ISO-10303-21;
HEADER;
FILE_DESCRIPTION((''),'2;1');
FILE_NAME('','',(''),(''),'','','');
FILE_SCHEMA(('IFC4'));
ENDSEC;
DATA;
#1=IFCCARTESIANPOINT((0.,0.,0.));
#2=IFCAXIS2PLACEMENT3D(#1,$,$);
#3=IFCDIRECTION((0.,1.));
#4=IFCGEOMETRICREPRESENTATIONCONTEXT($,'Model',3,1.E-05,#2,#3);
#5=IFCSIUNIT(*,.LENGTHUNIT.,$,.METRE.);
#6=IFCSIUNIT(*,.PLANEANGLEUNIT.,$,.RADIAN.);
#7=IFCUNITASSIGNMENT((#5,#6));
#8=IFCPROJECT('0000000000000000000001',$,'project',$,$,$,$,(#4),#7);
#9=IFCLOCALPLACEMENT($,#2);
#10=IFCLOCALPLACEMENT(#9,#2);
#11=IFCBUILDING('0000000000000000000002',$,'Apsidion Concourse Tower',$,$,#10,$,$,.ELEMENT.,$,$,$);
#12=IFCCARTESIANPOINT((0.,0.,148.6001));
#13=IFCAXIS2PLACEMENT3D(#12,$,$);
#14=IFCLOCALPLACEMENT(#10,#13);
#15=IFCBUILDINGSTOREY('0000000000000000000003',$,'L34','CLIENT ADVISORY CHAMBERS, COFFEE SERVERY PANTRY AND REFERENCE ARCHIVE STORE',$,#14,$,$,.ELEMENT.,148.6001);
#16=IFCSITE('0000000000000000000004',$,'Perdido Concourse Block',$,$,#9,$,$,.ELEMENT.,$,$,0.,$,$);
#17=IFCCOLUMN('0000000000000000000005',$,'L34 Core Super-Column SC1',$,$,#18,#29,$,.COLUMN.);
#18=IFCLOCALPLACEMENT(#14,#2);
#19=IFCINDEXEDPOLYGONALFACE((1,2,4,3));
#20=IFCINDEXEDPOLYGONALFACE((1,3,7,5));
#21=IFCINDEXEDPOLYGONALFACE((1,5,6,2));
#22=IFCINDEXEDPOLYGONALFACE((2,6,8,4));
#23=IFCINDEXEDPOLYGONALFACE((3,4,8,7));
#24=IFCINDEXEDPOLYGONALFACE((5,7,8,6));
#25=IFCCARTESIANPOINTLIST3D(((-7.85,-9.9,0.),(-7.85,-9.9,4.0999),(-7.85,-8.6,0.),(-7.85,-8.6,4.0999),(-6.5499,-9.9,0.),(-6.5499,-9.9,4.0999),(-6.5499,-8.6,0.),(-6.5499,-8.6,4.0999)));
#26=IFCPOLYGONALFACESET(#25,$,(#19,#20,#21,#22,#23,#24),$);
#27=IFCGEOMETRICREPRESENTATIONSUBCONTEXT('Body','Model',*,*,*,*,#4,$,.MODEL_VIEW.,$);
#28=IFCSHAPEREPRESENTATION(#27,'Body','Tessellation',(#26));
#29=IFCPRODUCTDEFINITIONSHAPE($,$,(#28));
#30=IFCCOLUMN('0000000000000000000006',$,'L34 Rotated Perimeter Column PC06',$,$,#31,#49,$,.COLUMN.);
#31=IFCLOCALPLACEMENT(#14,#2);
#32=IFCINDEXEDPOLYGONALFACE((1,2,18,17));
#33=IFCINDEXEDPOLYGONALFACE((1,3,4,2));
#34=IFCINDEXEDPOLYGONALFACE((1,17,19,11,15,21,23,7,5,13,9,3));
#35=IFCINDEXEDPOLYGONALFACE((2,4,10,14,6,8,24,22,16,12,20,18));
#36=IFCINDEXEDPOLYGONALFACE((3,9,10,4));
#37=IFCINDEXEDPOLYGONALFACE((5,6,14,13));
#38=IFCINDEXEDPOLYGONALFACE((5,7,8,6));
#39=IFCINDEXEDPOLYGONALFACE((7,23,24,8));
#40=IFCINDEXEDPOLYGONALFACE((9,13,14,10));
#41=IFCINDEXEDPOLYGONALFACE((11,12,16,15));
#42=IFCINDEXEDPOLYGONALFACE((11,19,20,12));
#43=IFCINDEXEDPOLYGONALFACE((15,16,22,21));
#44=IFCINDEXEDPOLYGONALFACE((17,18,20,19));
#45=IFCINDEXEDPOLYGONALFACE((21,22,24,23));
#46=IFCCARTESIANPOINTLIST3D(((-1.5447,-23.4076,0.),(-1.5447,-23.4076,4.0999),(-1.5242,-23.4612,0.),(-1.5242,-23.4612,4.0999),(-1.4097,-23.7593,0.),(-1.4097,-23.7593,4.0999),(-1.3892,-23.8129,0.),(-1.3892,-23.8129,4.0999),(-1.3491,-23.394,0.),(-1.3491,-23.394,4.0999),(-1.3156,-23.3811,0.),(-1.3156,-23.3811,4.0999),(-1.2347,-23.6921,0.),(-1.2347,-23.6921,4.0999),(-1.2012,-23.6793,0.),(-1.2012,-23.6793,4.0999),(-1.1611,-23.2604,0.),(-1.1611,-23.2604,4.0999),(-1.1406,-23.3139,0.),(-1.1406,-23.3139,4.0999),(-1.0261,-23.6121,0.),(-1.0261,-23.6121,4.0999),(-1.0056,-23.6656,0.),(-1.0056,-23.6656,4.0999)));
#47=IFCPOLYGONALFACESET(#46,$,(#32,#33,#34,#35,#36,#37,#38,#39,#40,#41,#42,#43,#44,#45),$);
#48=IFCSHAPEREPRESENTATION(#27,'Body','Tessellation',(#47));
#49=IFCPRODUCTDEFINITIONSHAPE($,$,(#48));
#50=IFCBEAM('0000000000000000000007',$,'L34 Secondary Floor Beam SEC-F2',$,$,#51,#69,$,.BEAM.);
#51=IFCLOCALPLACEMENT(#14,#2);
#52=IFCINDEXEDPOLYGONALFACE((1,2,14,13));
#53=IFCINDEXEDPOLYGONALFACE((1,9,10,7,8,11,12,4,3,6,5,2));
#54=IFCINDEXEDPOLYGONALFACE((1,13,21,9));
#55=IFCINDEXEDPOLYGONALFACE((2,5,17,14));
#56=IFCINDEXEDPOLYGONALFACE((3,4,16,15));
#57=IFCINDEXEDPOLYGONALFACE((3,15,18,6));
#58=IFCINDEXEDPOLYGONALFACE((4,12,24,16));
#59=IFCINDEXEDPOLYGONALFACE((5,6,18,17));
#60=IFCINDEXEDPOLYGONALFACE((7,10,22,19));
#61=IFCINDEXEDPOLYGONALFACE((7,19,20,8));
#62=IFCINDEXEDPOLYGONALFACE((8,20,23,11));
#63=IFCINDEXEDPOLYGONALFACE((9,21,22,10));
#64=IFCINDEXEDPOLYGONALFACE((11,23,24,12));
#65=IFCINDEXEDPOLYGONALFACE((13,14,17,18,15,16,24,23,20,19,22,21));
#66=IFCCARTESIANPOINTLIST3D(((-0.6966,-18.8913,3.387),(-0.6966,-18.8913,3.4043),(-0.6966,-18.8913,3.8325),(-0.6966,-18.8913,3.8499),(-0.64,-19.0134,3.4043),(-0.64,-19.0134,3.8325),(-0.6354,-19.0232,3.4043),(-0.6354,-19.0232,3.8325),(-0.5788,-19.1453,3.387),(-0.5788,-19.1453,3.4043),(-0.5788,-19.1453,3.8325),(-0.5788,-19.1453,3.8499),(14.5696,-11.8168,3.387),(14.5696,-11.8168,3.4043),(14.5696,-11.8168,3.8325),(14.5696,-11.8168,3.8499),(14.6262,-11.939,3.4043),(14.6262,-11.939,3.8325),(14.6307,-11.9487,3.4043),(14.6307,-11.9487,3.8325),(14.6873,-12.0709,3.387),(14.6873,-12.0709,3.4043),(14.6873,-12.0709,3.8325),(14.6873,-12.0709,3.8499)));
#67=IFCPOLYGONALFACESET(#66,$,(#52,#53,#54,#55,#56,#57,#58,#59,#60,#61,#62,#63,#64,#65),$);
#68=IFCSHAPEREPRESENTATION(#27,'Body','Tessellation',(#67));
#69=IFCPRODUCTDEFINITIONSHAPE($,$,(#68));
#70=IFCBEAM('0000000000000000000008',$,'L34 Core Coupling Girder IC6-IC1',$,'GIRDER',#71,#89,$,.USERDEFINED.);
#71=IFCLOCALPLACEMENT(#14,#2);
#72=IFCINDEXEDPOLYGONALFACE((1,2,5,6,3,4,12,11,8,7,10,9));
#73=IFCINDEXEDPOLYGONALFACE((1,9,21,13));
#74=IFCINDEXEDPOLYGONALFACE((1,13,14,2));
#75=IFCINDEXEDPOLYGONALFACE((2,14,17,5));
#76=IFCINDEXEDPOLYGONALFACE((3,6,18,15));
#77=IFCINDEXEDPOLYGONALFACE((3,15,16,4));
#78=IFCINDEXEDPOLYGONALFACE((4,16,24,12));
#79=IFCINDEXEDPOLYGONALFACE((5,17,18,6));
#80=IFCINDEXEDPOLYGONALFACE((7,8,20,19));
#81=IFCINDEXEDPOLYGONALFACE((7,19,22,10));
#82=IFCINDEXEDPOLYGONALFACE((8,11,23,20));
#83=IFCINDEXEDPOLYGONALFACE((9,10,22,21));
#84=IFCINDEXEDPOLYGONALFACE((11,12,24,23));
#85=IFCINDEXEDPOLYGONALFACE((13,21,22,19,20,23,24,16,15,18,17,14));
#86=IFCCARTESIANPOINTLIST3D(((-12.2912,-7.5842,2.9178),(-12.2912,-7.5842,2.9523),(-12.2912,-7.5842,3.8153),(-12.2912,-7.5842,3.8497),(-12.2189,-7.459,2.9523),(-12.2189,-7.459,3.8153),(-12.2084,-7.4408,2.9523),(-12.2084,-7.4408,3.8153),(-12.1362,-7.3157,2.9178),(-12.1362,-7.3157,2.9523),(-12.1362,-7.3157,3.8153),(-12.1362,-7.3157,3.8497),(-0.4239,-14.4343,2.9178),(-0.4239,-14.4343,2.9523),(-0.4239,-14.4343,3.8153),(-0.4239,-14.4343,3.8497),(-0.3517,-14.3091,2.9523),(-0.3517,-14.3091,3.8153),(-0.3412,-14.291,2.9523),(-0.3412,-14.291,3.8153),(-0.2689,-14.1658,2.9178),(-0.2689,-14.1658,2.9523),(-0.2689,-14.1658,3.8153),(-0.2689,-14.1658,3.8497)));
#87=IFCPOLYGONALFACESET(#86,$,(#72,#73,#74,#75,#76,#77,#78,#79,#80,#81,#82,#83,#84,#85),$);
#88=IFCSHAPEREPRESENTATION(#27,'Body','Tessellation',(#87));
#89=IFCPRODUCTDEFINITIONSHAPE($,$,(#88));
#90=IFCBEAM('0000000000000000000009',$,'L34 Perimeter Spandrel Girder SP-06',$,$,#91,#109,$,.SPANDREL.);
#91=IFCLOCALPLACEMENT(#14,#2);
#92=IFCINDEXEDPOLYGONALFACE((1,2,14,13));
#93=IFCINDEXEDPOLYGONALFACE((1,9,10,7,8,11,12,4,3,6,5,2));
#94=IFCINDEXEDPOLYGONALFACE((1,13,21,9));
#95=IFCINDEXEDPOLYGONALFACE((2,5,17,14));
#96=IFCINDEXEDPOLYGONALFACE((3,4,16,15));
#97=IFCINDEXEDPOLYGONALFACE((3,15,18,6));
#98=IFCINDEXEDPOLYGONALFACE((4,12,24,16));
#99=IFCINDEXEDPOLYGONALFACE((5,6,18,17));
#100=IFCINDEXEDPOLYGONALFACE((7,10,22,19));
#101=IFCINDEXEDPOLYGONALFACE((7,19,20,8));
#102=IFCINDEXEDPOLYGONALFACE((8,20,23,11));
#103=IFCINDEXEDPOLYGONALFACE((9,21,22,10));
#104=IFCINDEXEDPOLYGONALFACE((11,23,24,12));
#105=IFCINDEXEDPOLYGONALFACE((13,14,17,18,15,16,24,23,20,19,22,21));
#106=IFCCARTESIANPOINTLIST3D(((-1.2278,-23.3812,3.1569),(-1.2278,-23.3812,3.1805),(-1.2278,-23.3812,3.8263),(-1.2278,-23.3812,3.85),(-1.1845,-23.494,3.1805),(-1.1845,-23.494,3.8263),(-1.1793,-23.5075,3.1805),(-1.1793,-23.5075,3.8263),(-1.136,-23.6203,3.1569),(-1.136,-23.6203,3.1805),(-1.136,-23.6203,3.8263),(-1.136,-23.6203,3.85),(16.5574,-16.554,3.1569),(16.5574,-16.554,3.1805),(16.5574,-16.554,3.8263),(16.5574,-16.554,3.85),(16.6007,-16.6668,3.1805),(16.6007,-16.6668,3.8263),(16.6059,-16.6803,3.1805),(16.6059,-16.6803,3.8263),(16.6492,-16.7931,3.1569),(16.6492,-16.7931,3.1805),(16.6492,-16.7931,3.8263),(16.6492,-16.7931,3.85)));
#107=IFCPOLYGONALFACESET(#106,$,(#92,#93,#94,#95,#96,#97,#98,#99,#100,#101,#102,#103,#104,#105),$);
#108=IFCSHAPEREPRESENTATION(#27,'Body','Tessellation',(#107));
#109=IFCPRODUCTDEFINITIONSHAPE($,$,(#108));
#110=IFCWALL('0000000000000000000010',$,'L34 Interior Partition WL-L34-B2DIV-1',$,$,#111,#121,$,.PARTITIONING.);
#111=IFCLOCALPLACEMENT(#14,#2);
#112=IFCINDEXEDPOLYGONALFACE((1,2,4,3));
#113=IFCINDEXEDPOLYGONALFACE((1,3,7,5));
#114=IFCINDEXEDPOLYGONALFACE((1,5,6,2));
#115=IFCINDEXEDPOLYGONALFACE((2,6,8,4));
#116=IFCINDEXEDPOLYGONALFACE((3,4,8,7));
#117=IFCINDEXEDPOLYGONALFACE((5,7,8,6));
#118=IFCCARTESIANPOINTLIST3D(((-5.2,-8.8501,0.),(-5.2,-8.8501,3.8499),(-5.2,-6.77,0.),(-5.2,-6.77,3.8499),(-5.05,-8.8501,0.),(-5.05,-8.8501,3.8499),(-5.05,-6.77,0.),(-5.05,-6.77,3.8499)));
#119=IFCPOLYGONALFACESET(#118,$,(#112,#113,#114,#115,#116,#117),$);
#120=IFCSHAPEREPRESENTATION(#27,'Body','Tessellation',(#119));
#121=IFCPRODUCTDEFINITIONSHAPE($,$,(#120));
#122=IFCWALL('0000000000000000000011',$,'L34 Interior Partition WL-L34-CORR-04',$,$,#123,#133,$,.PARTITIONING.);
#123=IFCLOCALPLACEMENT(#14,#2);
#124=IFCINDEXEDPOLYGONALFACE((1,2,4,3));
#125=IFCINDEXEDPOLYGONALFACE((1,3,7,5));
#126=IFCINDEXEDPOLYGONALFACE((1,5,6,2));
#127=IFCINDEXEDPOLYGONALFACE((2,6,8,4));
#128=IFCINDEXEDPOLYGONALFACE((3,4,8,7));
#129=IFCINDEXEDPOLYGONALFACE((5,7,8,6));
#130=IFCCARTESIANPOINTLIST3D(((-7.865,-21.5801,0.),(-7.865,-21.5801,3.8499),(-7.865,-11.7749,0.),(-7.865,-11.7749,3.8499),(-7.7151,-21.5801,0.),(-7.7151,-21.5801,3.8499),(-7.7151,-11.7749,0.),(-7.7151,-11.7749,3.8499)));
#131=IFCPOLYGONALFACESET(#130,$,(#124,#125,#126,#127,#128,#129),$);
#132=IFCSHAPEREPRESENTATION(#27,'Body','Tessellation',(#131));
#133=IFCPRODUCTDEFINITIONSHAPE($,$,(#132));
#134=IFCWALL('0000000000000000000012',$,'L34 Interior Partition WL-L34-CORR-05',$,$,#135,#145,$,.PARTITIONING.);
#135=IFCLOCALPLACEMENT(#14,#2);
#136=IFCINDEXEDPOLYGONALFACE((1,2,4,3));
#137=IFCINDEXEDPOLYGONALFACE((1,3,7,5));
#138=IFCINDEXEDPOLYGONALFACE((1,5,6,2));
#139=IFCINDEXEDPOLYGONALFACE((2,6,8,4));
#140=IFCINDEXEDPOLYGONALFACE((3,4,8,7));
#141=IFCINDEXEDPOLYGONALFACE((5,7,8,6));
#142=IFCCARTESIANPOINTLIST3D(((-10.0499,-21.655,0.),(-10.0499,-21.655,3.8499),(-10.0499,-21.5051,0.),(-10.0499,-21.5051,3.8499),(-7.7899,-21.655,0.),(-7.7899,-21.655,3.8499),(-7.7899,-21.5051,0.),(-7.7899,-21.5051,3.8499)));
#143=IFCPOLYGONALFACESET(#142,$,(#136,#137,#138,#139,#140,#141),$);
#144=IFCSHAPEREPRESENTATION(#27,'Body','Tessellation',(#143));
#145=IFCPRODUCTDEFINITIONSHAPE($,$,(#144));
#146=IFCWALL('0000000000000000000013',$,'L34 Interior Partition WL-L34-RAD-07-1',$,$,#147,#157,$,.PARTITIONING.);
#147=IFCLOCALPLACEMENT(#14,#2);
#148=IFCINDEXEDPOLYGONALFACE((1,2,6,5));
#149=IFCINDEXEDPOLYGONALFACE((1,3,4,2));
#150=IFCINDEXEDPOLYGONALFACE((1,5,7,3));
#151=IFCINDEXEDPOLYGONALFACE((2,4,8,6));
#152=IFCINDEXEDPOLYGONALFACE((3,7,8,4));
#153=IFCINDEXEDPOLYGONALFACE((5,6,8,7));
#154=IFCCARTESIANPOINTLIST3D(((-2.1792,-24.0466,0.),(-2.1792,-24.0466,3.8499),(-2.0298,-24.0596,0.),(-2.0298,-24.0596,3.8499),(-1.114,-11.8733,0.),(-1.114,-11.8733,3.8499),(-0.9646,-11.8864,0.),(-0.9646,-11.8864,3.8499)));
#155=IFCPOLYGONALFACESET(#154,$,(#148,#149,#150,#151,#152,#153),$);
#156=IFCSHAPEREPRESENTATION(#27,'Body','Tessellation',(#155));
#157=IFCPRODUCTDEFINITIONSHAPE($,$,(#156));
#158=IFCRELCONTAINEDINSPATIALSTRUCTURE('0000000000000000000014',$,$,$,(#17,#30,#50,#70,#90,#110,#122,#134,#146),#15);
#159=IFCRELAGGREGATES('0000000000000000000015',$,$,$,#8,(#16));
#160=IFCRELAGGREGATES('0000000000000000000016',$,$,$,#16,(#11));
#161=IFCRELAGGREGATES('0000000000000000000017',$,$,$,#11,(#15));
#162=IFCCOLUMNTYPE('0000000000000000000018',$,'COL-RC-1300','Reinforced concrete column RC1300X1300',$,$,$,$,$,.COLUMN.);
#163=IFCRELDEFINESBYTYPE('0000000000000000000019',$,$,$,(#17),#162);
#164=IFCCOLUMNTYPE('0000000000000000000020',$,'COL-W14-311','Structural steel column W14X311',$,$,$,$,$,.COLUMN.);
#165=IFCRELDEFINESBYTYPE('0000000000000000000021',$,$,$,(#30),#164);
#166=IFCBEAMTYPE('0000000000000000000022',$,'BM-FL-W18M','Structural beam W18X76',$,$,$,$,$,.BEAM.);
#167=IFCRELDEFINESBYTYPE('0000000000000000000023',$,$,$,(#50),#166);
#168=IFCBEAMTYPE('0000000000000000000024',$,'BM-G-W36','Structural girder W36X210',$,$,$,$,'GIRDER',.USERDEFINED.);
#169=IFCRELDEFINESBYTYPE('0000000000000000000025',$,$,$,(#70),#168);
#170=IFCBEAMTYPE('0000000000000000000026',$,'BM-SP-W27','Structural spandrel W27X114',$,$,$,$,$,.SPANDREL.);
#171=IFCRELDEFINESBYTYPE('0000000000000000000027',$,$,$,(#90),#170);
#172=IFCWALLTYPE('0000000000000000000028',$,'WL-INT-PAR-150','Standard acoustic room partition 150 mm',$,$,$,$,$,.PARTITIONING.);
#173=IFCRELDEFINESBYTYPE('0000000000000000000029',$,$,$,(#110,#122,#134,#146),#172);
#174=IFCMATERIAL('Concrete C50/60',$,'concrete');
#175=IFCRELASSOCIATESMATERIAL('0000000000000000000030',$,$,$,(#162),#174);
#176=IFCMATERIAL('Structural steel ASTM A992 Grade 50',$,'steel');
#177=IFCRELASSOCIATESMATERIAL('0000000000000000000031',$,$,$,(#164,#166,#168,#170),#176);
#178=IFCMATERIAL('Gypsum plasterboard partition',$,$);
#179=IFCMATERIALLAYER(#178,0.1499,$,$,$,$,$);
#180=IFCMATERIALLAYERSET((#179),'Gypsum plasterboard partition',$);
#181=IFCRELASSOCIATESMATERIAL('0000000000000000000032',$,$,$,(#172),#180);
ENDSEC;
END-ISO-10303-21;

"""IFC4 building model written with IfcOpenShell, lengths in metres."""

from ifc_helpers import new_model, si_unit, direction, frame, frame_2d, origin, origin_2d, place, context, subcontext, project, spatial, rectangle, i_section, extrude, material, layer, layer_set, material_profile, profile_set, type_object, element, save


model = new_model("IFC4")

# Units and contexts
model_context = context("Model", 3, precision=1e-05, world=origin(), true_north=direction((0.0, 1.0)))
body_context = subcontext(model_context, "Body", "Model", "MODEL_VIEW")
ifc_project = project(units=[si_unit("LENGTHUNIT", "METRE"), si_unit("PLANEANGLEUNIT", "RADIAN")], contexts=[model_context])

# Site, building, storey
site_placement = place(None, origin())
site = spatial("IfcSite", under=ifc_project, at=site_placement, Name="Perdido Concourse Block", CompositionType="ELEMENT", RefElevation=0.0)
building_placement = place(site_placement, origin())
building = spatial("IfcBuilding", under=site, at=building_placement, Name="Apsidion Concourse Tower", CompositionType="ELEMENT")
storey_placement = place(building_placement, frame((0.0, 0.0, 148.6001)))
storey = spatial("IfcBuildingStorey", under=building, at=storey_placement, Name="L34", Description="CLIENT ADVISORY CHAMBERS, COFFEE SERVERY PANTRY AND REFERENCE ARCHIVE STORE", CompositionType="ELEMENT", Elevation=148.6001)

# Columns
ifc_material_1 = material(Name="Concrete C50/60", Category="concrete")
ifc_material_profile_1 = material_profile(ifc_material_1, rectangle(XDim=1.3, YDim=1.3, at=origin_2d()), Name="RC 1300x1300")
ifc_profile_set_1 = profile_set([ifc_material_profile_1], Name="Concrete C50/60")
column_type_1 = type_object("IfcColumnType", Name="COL-RC-1300", Description="Reinforced concrete column RC1300X1300", PredefinedType="COLUMN", material=ifc_profile_set_1)
column_1_placement = place(storey_placement, frame((-7.2, -9.25, 0.0), z_axis=(0.0, 0.0, 1.0), x_axis=(1.0, 0.0, 0.0)))
element("IfcColumn", 1, at=column_1_placement, inside=storey, type_object=column_type_1, Name="L34 Core Super-Column SC1", PredefinedType="COLUMN", context=body_context, shape_type="SweptSolid", body=[
    extrude(rectangle(XDim=1.3, YDim=1.3, at=origin_2d()), origin(), (0.0, 0.0, 1.0), 4.0999),
])
ifc_material_2 = material(Name="Structural steel ASTM A992 Grade 50", Category="steel")
ifc_material_profile_2 = material_profile(ifc_material_2, i_section(OverallWidth=0.4109, OverallDepth=0.4341, WebThickness=0.0359, FlangeThickness=0.0574, at=origin_2d()), Name="W14X311")
ifc_profile_set_2 = profile_set([ifc_material_profile_2], Name="Structural steel ASTM A992 Grade 50")
column_type_2 = type_object("IfcColumnType", Name="COL-W14-311", Description="Structural steel column W14X311", PredefinedType="COLUMN", material=ifc_profile_set_2)
column_2_placement = place(storey_placement, frame((-1.2751, -23.5366, 0.0), z_axis=(0.0, 0.0, 1.0), x_axis=(0.93358, 0.358368, 0.0)))
element("IfcColumn", 2, at=column_2_placement, inside=storey, type_object=column_type_2, Name="L34 Rotated Perimeter Column PC06", PredefinedType="COLUMN", context=body_context, shape_type="SweptSolid", body=[
    extrude(i_section(OverallWidth=0.4109, OverallDepth=0.4341, WebThickness=0.0359, FlangeThickness=0.0574, at=origin_2d()), origin(), (0.0, 0.0, 1.0), 4.0999),
])

# Beams
ifc_material_profile_3 = material_profile(ifc_material_2, i_section(OverallWidth=0.28, OverallDepth=0.4629, WebThickness=0.0107, FlangeThickness=0.0173, at=origin_2d()), Name="W18X76")
ifc_profile_set_3 = profile_set([ifc_material_profile_3], Name="Structural steel ASTM A992 Grade 50")
beam_type_1 = type_object("IfcBeamType", Name="BM-FL-W18M", Description="Structural beam W18X76", PredefinedType="BEAM", material=ifc_profile_set_3)
beam_1_placement = place(storey_placement, frame((-0.6377, -19.0183, 3.6184), z_axis=(0.907312, 0.420457, 0.0), x_axis=(-0.420457, 0.907312, 0.0)))
element("IfcBeam", 3, at=beam_1_placement, inside=storey, type_object=beam_type_1, Name="L34 Secondary Floor Beam SEC-F2", PredefinedType="BEAM", context=body_context, shape_type="SweptSolid", body=[
    extrude(i_section(OverallWidth=0.28, OverallDepth=0.4629, WebThickness=0.0107, FlangeThickness=0.0173, at=origin_2d()), origin(), (0.0, 0.0, 1.0), 16.8257),
])
ifc_material_profile_4 = material_profile(ifc_material_2, i_section(OverallWidth=0.3101, OverallDepth=0.9319, WebThickness=0.021, FlangeThickness=0.0344, at=origin_2d()), Name="W36X210")
ifc_profile_set_4 = profile_set([ifc_material_profile_4], Name="Structural steel ASTM A992 Grade 50")
beam_type_2 = type_object("IfcBeamType", Name="BM-G-W36", Description="Structural girder W36X210", ElementType="GIRDER", PredefinedType="USERDEFINED", material=ifc_profile_set_4)
beam_2_placement = place(storey_placement, frame((-0.3464, -14.3, 3.3838), z_axis=(-0.86607, 0.499922, 0.0), x_axis=(-0.499922, -0.86607, 0.0)))
element("IfcBeam", 4, at=beam_2_placement, inside=storey, type_object=beam_type_2, Name="L34 Core Coupling Girder IC6-IC1", ObjectType="GIRDER", PredefinedType="USERDEFINED", context=body_context, shape_type="SweptSolid", body=[
    extrude(i_section(OverallWidth=0.3101, OverallDepth=0.9319, WebThickness=0.021, FlangeThickness=0.0344, at=origin_2d()), origin(), (0.0, 0.0, 1.0), 13.7024),
])
ifc_material_profile_5 = material_profile(ifc_material_2, i_section(OverallWidth=0.2561, OverallDepth=0.6931, WebThickness=0.0144, FlangeThickness=0.0237, at=origin_2d()), Name="W27X114")
ifc_profile_set_5 = profile_set([ifc_material_profile_5], Name="Structural steel ASTM A992 Grade 50")
beam_type_3 = type_object("IfcBeamType", Name="BM-SP-W27", Description="Structural spandrel W27X114", PredefinedType="SPANDREL", material=ifc_profile_set_5)
beam_3_placement = place(storey_placement, frame((-1.1819, -23.5007, 3.5034), z_axis=(0.933579, 0.358371, 0.0), x_axis=(-0.358371, 0.933579, 0.0)))
element("IfcBeam", 5, at=beam_3_placement, inside=storey, type_object=beam_type_3, Name="L34 Perimeter Spandrel Girder SP-06", PredefinedType="SPANDREL", context=body_context, shape_type="SweptSolid", body=[
    extrude(i_section(OverallWidth=0.2561, OverallDepth=0.6931, WebThickness=0.0144, FlangeThickness=0.0237, at=origin_2d()), origin(), (0.0, 0.0, 1.0), 19.0505),
])

# Walls
ifc_material_3 = material(Name="Gypsum plasterboard partition")
ifc_layer_1 = layer(ifc_material_3, 0.1499)
ifc_layer_set_1 = layer_set([ifc_layer_1], Name="Gypsum plasterboard partition")
wall_type_1 = type_object("IfcWallType", Name="WL-INT-PAR-150", Description="Standard acoustic room partition 150 mm", PredefinedType="PARTITIONING", material=ifc_layer_set_1)
wall_1_placement = place(storey_placement, frame((-5.125, -8.8501, 0.0), z_axis=(0.0, 0.0, 1.0), x_axis=(0.0, 1.0, 0.0)))
element("IfcWall", 6, at=wall_1_placement, inside=storey, type_object=wall_type_1, Name="L34 Interior Partition WL-L34-B2DIV-1", PredefinedType="PARTITIONING", context=body_context, shape_type="SweptSolid", body=[
    extrude(rectangle(XDim=2.0801, YDim=0.1499, at=frame_2d((1.04, 0.0))), origin(), (0.0, 0.0, 1.0), 3.8499),
])
wall_2_placement = place(storey_placement, frame((-7.79, -11.7749, 0.0), z_axis=(0.0, 0.0, 1.0), x_axis=(0.0, -1.0, 0.0)))
element("IfcWall", 7, at=wall_2_placement, inside=storey, type_object=wall_type_1, Name="L34 Interior Partition WL-L34-CORR-04", PredefinedType="PARTITIONING", context=body_context, shape_type="SweptSolid", body=[
    extrude(rectangle(XDim=9.8052, YDim=0.1499, at=frame_2d((4.9026, 0.0))), origin(), (0.0, 0.0, 1.0), 3.8499),
])
wall_3_placement = place(storey_placement, frame((-7.79, -21.5801, 0.0), z_axis=(0.0, 0.0, 1.0), x_axis=(-1.0, 0.0, 0.0)))
element("IfcWall", 8, at=wall_3_placement, inside=storey, type_object=wall_type_1, Name="L34 Interior Partition WL-L34-CORR-05", PredefinedType="PARTITIONING", context=body_context, shape_type="SweptSolid", body=[
    extrude(rectangle(XDim=2.26, YDim=0.1499, at=frame_2d((1.1299, 0.0))), origin(), (0.0, 0.0, 1.0), 3.8499),
])
wall_4_placement = place(storey_placement, frame((-1.0393, -11.8799, 0.0), z_axis=(0.0, 0.0, 1.0), x_axis=(-0.08717, -0.996193, 0.0)))
element("IfcWall", 9, at=wall_4_placement, inside=storey, type_object=wall_type_1, Name="L34 Interior Partition WL-L34-RAD-07-1", PredefinedType="PARTITIONING", context=body_context, shape_type="SweptSolid", body=[
    extrude(rectangle(XDim=12.2197, YDim=0.1499, at=frame_2d((6.1099, 0.0))), origin(), (0.0, 0.0, 1.0), 3.8499),
])

save(model, "model.ifc")
